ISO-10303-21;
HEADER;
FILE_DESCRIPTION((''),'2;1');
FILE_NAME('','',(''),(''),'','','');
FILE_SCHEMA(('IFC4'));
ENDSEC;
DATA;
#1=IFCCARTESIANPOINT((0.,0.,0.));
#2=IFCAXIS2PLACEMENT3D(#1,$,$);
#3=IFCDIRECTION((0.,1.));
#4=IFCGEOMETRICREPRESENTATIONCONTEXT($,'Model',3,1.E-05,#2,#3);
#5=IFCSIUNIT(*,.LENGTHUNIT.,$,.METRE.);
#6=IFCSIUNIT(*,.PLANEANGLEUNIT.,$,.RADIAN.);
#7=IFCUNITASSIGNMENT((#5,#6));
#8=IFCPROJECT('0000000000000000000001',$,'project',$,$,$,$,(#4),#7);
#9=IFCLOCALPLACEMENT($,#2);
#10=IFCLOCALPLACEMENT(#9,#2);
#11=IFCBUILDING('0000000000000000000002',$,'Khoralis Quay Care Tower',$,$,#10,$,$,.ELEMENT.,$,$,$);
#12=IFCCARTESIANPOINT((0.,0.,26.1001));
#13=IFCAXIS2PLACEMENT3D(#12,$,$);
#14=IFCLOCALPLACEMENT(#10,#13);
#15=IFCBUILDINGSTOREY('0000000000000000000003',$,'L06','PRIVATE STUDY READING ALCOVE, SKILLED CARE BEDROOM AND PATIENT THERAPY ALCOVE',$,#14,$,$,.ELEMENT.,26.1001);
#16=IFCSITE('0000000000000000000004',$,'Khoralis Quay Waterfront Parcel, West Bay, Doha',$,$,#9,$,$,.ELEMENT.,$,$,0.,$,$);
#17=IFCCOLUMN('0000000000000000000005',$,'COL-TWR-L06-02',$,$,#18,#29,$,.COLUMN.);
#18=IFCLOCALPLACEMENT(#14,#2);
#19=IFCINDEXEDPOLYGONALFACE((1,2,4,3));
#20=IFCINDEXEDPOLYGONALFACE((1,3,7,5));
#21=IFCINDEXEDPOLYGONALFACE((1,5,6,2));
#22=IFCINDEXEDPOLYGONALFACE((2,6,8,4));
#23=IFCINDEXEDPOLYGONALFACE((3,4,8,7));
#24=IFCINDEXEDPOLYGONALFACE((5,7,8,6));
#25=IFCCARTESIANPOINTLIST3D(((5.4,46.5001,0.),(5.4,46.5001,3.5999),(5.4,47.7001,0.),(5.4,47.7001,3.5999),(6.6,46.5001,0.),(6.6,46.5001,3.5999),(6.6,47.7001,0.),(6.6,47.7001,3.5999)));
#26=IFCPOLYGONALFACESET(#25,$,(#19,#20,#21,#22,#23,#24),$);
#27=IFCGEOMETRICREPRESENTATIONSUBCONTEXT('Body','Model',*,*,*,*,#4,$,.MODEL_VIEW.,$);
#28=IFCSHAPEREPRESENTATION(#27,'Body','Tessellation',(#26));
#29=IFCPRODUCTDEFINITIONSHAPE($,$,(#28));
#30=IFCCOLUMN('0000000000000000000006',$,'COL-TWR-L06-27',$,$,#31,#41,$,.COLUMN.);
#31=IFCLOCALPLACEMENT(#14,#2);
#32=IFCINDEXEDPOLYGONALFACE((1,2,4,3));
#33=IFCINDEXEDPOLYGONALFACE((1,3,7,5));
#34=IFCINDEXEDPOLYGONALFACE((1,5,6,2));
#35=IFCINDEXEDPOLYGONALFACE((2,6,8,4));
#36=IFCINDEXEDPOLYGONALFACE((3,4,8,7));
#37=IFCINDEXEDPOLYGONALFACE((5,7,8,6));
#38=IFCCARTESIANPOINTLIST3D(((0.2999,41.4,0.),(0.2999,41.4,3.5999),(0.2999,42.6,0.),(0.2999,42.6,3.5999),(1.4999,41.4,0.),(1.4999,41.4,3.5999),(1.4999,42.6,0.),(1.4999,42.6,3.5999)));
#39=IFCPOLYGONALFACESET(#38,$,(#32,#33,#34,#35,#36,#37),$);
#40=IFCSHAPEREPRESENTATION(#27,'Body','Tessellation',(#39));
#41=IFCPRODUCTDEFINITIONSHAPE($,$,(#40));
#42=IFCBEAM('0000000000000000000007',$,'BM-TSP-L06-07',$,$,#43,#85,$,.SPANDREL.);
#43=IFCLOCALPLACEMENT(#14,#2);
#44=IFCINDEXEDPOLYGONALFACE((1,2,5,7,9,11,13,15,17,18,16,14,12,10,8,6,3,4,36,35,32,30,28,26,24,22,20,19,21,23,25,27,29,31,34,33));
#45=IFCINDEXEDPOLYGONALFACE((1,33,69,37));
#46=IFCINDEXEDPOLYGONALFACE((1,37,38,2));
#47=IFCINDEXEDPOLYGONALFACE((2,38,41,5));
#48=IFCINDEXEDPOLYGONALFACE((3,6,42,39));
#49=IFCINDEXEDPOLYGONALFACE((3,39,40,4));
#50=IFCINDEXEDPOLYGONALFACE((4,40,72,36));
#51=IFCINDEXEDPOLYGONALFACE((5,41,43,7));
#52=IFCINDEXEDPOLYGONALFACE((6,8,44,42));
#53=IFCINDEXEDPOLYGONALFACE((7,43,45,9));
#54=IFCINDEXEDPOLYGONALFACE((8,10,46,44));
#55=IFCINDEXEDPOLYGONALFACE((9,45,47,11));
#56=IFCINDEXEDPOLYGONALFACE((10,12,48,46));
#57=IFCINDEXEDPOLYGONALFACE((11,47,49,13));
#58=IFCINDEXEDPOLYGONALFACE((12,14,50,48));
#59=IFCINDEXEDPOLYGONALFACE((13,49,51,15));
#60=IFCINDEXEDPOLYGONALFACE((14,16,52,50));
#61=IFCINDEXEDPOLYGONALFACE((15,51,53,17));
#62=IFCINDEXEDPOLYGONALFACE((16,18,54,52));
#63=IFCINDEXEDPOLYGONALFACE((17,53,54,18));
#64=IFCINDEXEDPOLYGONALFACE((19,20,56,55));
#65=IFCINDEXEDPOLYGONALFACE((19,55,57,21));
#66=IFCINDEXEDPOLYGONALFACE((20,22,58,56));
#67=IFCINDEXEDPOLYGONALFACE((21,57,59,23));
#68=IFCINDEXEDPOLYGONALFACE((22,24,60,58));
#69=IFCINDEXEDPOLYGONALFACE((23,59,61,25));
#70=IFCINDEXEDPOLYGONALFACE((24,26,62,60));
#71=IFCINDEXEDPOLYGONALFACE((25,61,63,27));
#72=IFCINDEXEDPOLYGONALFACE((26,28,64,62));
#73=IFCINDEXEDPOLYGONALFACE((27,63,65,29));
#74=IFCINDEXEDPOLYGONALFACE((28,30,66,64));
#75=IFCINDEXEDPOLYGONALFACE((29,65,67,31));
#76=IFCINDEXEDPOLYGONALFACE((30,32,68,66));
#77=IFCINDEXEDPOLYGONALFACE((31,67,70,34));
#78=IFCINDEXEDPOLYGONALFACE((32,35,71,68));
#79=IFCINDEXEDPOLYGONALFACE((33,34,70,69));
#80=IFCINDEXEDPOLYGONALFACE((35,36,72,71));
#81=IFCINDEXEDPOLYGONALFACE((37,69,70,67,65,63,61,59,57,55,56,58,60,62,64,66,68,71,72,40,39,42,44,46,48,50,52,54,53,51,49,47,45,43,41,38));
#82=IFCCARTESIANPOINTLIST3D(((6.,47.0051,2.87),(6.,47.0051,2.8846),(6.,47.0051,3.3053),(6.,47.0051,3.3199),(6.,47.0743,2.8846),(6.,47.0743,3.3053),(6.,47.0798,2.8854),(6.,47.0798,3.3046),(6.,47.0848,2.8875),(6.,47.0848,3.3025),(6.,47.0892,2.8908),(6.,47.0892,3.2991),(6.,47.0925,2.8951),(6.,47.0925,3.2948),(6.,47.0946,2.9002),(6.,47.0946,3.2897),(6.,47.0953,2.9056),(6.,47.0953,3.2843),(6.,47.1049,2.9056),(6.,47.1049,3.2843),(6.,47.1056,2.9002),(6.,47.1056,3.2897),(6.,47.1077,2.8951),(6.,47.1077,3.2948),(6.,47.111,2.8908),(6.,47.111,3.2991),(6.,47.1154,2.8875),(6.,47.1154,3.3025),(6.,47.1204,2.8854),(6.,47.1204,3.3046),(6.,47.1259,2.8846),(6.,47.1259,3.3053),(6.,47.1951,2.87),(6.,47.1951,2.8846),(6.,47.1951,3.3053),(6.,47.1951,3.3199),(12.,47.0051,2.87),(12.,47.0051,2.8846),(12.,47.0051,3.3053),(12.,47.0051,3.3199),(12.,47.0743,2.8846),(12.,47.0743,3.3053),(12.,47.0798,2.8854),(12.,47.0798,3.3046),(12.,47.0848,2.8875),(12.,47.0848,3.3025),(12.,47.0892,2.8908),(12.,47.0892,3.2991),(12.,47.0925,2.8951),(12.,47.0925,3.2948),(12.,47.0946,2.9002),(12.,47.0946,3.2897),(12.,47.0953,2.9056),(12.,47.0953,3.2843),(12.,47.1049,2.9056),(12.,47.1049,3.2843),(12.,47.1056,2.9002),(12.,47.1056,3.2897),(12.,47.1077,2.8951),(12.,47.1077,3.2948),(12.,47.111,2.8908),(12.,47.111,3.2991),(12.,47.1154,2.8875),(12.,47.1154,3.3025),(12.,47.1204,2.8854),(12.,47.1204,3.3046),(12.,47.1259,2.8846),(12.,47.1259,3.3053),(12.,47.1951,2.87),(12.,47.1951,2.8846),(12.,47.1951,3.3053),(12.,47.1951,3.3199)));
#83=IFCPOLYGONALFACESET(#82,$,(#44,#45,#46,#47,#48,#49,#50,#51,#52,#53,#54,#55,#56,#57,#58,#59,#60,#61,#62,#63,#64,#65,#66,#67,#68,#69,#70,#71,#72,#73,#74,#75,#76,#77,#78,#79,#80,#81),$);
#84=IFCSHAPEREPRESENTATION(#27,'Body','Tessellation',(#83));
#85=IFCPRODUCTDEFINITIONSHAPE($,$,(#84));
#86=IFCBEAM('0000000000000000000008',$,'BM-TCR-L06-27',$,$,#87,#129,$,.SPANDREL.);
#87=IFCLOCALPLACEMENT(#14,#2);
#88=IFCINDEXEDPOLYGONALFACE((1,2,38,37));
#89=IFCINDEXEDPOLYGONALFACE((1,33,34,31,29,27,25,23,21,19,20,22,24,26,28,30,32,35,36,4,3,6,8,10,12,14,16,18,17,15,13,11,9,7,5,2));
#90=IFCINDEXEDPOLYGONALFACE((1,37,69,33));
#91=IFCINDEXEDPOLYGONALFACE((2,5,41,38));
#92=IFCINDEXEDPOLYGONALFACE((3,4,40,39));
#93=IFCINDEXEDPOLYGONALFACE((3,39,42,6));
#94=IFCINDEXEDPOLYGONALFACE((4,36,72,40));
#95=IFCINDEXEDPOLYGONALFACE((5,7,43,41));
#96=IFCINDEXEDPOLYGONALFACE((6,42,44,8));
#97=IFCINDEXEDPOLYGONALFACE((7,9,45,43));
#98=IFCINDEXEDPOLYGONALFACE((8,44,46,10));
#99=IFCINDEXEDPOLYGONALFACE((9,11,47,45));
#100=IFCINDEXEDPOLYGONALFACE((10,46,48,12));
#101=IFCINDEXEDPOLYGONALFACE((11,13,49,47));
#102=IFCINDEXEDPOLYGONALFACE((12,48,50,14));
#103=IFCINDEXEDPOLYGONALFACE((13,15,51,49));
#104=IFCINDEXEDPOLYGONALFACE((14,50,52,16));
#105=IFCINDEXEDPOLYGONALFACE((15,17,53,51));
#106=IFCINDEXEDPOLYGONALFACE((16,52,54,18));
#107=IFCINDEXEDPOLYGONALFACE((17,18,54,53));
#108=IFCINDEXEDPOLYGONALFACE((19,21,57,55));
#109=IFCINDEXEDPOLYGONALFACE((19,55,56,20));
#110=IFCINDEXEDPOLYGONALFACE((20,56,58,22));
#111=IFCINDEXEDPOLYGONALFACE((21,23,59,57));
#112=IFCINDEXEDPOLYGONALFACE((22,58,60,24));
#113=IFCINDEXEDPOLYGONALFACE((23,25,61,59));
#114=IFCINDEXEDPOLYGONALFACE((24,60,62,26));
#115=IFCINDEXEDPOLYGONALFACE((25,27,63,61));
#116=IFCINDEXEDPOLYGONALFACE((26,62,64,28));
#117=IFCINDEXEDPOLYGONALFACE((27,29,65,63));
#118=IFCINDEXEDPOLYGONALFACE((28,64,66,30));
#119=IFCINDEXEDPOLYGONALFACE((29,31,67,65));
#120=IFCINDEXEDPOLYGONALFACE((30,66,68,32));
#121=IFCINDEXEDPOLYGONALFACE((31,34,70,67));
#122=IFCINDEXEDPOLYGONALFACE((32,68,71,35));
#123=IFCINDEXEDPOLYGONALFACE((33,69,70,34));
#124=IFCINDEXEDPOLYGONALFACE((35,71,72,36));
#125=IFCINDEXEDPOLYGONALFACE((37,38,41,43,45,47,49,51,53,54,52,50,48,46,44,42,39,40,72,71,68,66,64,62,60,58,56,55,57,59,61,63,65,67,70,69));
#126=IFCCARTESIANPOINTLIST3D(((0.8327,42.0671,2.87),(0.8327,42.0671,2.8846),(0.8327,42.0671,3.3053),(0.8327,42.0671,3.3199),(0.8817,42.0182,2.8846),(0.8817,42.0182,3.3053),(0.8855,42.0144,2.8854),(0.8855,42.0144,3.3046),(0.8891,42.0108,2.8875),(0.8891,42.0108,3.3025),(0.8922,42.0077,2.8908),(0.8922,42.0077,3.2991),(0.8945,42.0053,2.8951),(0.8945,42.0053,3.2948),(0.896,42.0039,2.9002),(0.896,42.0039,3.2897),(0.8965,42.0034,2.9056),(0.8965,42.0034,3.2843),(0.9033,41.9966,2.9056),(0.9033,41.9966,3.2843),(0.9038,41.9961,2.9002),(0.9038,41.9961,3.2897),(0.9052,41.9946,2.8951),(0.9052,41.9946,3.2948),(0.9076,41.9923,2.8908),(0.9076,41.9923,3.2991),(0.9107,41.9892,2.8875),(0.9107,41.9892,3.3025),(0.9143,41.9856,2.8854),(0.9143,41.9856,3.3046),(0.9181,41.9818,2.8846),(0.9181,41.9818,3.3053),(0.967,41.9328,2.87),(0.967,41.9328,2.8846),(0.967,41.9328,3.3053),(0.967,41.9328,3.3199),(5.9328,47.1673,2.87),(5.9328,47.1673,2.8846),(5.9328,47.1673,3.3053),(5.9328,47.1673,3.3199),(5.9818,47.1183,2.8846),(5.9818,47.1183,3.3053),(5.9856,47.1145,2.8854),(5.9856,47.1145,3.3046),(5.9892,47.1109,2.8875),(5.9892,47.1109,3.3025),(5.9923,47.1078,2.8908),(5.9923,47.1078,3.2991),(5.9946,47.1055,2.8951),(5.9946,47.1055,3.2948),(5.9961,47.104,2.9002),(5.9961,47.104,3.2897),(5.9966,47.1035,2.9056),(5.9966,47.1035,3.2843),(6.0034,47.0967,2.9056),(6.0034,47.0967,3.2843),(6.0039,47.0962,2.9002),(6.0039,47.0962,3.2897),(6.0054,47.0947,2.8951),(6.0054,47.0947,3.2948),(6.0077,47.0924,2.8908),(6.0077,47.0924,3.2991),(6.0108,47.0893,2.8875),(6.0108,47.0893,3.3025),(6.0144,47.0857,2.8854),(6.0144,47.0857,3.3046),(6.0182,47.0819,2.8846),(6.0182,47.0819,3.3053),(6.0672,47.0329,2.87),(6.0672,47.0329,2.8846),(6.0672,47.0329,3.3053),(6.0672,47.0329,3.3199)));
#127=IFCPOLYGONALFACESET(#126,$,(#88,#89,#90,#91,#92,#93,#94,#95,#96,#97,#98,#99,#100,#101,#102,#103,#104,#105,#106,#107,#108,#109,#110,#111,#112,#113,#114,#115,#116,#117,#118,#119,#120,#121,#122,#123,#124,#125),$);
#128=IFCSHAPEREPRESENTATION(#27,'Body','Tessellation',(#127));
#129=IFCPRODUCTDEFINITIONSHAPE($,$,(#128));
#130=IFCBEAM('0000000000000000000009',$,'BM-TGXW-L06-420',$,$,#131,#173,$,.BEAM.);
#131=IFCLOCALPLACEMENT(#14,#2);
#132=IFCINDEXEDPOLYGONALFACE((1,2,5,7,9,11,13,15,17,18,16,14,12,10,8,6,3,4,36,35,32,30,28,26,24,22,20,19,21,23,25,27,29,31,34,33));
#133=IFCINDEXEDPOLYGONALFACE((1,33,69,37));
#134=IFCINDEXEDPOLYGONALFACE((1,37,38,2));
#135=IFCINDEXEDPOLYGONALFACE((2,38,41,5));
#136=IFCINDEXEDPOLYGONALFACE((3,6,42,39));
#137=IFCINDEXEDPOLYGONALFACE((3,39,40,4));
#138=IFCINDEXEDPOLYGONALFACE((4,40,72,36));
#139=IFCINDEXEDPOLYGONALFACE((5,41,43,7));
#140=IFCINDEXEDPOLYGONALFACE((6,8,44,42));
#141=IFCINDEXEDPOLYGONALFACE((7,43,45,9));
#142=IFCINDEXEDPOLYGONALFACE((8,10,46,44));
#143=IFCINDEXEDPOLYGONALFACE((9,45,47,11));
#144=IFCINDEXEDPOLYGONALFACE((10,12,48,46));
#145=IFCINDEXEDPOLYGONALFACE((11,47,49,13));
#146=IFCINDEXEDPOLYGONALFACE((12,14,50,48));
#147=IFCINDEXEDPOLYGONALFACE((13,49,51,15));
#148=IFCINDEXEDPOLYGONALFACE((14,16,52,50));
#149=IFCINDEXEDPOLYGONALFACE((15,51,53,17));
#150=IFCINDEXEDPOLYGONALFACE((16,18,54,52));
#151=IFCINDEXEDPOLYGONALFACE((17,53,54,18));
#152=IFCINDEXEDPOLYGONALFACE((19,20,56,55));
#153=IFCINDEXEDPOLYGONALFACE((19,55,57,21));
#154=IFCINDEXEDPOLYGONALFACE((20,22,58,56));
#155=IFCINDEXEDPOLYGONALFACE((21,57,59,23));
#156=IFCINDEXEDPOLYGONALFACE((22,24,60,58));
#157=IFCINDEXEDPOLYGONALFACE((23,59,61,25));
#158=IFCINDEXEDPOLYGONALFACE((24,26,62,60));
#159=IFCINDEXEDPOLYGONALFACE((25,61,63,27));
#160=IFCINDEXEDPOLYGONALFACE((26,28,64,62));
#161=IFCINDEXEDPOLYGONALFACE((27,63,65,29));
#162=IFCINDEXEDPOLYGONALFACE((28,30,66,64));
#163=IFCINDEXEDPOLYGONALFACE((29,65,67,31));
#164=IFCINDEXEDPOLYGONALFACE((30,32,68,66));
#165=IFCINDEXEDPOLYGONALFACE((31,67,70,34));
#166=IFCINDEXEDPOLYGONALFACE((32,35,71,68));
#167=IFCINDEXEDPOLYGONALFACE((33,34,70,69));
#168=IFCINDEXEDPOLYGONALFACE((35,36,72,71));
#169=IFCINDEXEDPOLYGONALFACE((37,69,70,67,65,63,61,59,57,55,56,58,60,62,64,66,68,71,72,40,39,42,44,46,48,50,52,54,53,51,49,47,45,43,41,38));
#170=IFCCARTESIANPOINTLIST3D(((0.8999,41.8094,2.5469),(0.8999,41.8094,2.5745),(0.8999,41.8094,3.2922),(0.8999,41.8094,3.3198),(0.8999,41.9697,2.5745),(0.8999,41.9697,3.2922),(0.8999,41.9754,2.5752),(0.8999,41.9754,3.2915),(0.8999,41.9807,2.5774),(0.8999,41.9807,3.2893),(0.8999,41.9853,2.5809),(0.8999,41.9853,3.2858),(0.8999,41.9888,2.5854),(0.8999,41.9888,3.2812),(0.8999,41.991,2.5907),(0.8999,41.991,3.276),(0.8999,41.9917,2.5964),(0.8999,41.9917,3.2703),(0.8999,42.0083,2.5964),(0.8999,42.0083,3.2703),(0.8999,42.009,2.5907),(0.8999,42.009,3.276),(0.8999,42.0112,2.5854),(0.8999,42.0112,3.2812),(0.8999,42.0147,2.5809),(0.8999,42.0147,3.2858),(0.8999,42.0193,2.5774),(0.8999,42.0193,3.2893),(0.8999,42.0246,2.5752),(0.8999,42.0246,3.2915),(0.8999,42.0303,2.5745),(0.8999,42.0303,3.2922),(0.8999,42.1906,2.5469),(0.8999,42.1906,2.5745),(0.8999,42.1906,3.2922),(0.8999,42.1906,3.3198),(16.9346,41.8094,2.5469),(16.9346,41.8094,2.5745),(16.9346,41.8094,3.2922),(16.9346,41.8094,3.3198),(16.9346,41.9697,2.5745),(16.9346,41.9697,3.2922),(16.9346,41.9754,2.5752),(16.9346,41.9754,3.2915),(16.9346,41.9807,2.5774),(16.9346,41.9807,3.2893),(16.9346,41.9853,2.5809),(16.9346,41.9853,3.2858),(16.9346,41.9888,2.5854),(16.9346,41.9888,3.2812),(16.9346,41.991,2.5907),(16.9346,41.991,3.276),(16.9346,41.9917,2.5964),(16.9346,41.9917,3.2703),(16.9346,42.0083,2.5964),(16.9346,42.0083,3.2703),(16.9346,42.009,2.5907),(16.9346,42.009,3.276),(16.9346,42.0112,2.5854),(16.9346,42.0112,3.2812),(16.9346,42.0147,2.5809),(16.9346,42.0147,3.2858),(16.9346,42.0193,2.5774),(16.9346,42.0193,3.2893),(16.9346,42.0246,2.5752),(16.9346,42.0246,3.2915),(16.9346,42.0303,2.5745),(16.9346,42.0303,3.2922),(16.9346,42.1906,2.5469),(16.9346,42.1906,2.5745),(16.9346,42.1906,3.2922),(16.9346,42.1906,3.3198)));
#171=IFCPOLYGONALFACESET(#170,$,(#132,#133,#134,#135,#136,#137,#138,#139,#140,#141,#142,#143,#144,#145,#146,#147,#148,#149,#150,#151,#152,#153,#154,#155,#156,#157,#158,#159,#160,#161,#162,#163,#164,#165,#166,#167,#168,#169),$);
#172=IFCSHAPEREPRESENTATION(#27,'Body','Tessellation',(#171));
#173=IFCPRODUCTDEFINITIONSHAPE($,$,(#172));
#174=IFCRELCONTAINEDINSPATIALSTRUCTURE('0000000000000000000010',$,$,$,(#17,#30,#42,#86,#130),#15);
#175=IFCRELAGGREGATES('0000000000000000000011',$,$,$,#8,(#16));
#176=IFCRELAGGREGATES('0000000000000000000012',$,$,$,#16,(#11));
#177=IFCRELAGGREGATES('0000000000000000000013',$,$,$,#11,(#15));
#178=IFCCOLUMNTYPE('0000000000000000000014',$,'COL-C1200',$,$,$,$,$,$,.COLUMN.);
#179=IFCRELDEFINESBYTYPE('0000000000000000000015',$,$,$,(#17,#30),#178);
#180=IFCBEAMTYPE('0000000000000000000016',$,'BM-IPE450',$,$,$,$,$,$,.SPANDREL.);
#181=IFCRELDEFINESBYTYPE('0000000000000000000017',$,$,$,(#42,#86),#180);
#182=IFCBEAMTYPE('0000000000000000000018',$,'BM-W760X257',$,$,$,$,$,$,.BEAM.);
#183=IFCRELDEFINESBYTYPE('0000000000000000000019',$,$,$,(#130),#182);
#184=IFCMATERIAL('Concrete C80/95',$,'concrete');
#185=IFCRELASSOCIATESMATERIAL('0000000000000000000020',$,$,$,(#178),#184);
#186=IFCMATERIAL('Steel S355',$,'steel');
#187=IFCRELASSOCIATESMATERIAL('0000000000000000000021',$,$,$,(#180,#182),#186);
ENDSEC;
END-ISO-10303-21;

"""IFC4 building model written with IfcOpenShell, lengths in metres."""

from ifc_helpers import new_model, si_unit, direction, frame, origin, origin_2d, place, context, subcontext, project, spatial, rectangle, i_section, extrude, source, transform, mapped, material, material_profile, profile_set, type_object, element, save


model = new_model("IFC4")

# Units and contexts
model_context = context("Model", 3, precision=1e-05, world=origin(), true_north=direction((0.0, 1.0)))
body_context = subcontext(model_context, "Body", "Model", "MODEL_VIEW")
ifc_project = project(units=[si_unit("LENGTHUNIT", "METRE"), si_unit("PLANEANGLEUNIT", "RADIAN")], contexts=[model_context])

# Site, building, storey
site_placement = place(None, origin())
site = spatial("IfcSite", under=ifc_project, at=site_placement, Name="Khoralis Quay Waterfront Parcel, West Bay, Doha", CompositionType="ELEMENT", RefElevation=0.0)
building_placement = place(site_placement, origin())
building = spatial("IfcBuilding", under=site, at=building_placement, Name="Khoralis Quay Care Tower", CompositionType="ELEMENT")
storey_placement = place(building_placement, frame((0.0, 0.0, 26.1001)))
storey = spatial("IfcBuildingStorey", under=building, at=storey_placement, Name="L06", Description="PRIVATE STUDY READING ALCOVE, SKILLED CARE BEDROOM AND PATIENT THERAPY ALCOVE", CompositionType="ELEMENT", Elevation=26.1001)

# Columns
ifc_material_1 = material(Name="Concrete C80/95", Category="concrete")
ifc_material_profile_1 = material_profile(ifc_material_1, rectangle(XDim=1.2, YDim=1.2, at=origin_2d()), Name="Concrete C80/95")
ifc_profile_set_1 = profile_set([ifc_material_profile_1], Name="Concrete C80/95")
column_type = type_object("IfcColumnType", Name="COL-C1200", PredefinedType="COLUMN", material=ifc_profile_set_1)
shared_shape_1 = source(origin(), body_context, "Body", "SweptSolid", [
    extrude(rectangle(XDim=1.2, YDim=1.2, at=origin_2d()), origin(), (0.0, 0.0, 1.0), 3.5999),
])
for number, where, z_axis, x_axis, name in (
    (1, (6.0, 47.1001, 0.0), (0.0, 0.0, 1.0), (1.0, 0.0, 0.0), "COL-TWR-L06-02"),
    (2, (0.8999, 42.0, 0.0), (0.0, 0.0, 1.0), (1.0, 0.0, 0.0), "COL-TWR-L06-27"),
):
    element("IfcColumn", number, at=place(storey_placement, frame(where, z_axis=z_axis, x_axis=x_axis)), inside=storey, type_object=column_type, Name=name, PredefinedType="COLUMN", context=body_context, shape_type="MappedRepresentation", body=[
        mapped(shared_shape_1, transform((0.0, 0.0, 0.0), scale=1.0)),
    ])

# Beams
ifc_material_2 = material(Name="Steel S355", Category="steel")
ifc_material_profile_2 = material_profile(ifc_material_2, i_section(OverallWidth=0.1899, OverallDepth=0.45, WebThickness=0.0095, FlangeThickness=0.0146, FilletRadius=0.021, at=origin_2d()), Name="Steel S355")
ifc_profile_set_2 = profile_set([ifc_material_profile_2], Name="Steel S355")
beam_type_1 = type_object("IfcBeamType", Name="BM-IPE450", PredefinedType="SPANDREL", material=ifc_profile_set_2)
shared_shape_2 = source(origin(), body_context, "Body", "SweptSolid", [
    extrude(i_section(OverallWidth=0.1899, OverallDepth=0.45, WebThickness=0.0095, FlangeThickness=0.0146, FilletRadius=0.021, at=origin_2d()), origin(), (0.0, 0.0, 1.0), 6.0),
])
beam_1_placement = place(storey_placement, frame((6.0, 47.1001, 3.095), z_axis=(1.0, 0.0, 0.0), x_axis=(0.0, 1.0, 0.0)))
element("IfcBeam", 3, at=beam_1_placement, inside=storey, type_object=beam_type_1, Name="BM-TSP-L06-07", PredefinedType="SPANDREL", context=body_context, shape_type="MappedRepresentation", body=[
    mapped(shared_shape_2, transform((0.0, 0.0, 0.0), scale=1.0)),
])
shared_shape_3 = source(origin(), body_context, "Body", "SweptSolid", [
    extrude(i_section(OverallWidth=0.1899, OverallDepth=0.45, WebThickness=0.0095, FlangeThickness=0.0146, FilletRadius=0.021, at=origin_2d()), origin(), (0.0, 0.0, 1.0), 7.2126),
])
beam_2_placement = place(storey_placement, frame((6.0, 47.1001, 3.095), z_axis=(-0.707107, -0.707107, 0.0), x_axis=(0.707107, -0.707107, 0.0)))
element("IfcBeam", 4, at=beam_2_placement, inside=storey, type_object=beam_type_1, Name="BM-TCR-L06-27", PredefinedType="SPANDREL", context=body_context, shape_type="MappedRepresentation", body=[
    mapped(shared_shape_3, transform((0.0, 0.0, 0.0), scale=1.0)),
])
ifc_material_profile_3 = material_profile(ifc_material_2, i_section(OverallWidth=0.3811, OverallDepth=0.7729, WebThickness=0.0166, FlangeThickness=0.0276, FilletRadius=0.022, at=origin_2d()), Name="Steel S355")
ifc_profile_set_3 = profile_set([ifc_material_profile_3], Name="Steel S355")
beam_type_2 = type_object("IfcBeamType", Name="BM-W760X257", PredefinedType="BEAM", material=ifc_profile_set_3)
shared_shape_4 = source(origin(), body_context, "Body", "SweptSolid", [
    extrude(i_section(OverallWidth=0.3811, OverallDepth=0.7729, WebThickness=0.0166, FlangeThickness=0.0276, FilletRadius=0.022, at=origin_2d()), origin(), (0.0, 0.0, 1.0), 16.0347),
])
beam_3_placement = place(storey_placement, frame((0.8999, 42.0, 2.9333), z_axis=(1.0, 0.0, 0.0), x_axis=(0.0, 1.0, 0.0)))
element("IfcBeam", 5, at=beam_3_placement, inside=storey, type_object=beam_type_2, Name="BM-TGXW-L06-420", PredefinedType="BEAM", context=body_context, shape_type="MappedRepresentation", body=[
    mapped(shared_shape_4, transform((0.0, 0.0, 0.0), scale=1.0)),
])

save(model, "model.ifc")
